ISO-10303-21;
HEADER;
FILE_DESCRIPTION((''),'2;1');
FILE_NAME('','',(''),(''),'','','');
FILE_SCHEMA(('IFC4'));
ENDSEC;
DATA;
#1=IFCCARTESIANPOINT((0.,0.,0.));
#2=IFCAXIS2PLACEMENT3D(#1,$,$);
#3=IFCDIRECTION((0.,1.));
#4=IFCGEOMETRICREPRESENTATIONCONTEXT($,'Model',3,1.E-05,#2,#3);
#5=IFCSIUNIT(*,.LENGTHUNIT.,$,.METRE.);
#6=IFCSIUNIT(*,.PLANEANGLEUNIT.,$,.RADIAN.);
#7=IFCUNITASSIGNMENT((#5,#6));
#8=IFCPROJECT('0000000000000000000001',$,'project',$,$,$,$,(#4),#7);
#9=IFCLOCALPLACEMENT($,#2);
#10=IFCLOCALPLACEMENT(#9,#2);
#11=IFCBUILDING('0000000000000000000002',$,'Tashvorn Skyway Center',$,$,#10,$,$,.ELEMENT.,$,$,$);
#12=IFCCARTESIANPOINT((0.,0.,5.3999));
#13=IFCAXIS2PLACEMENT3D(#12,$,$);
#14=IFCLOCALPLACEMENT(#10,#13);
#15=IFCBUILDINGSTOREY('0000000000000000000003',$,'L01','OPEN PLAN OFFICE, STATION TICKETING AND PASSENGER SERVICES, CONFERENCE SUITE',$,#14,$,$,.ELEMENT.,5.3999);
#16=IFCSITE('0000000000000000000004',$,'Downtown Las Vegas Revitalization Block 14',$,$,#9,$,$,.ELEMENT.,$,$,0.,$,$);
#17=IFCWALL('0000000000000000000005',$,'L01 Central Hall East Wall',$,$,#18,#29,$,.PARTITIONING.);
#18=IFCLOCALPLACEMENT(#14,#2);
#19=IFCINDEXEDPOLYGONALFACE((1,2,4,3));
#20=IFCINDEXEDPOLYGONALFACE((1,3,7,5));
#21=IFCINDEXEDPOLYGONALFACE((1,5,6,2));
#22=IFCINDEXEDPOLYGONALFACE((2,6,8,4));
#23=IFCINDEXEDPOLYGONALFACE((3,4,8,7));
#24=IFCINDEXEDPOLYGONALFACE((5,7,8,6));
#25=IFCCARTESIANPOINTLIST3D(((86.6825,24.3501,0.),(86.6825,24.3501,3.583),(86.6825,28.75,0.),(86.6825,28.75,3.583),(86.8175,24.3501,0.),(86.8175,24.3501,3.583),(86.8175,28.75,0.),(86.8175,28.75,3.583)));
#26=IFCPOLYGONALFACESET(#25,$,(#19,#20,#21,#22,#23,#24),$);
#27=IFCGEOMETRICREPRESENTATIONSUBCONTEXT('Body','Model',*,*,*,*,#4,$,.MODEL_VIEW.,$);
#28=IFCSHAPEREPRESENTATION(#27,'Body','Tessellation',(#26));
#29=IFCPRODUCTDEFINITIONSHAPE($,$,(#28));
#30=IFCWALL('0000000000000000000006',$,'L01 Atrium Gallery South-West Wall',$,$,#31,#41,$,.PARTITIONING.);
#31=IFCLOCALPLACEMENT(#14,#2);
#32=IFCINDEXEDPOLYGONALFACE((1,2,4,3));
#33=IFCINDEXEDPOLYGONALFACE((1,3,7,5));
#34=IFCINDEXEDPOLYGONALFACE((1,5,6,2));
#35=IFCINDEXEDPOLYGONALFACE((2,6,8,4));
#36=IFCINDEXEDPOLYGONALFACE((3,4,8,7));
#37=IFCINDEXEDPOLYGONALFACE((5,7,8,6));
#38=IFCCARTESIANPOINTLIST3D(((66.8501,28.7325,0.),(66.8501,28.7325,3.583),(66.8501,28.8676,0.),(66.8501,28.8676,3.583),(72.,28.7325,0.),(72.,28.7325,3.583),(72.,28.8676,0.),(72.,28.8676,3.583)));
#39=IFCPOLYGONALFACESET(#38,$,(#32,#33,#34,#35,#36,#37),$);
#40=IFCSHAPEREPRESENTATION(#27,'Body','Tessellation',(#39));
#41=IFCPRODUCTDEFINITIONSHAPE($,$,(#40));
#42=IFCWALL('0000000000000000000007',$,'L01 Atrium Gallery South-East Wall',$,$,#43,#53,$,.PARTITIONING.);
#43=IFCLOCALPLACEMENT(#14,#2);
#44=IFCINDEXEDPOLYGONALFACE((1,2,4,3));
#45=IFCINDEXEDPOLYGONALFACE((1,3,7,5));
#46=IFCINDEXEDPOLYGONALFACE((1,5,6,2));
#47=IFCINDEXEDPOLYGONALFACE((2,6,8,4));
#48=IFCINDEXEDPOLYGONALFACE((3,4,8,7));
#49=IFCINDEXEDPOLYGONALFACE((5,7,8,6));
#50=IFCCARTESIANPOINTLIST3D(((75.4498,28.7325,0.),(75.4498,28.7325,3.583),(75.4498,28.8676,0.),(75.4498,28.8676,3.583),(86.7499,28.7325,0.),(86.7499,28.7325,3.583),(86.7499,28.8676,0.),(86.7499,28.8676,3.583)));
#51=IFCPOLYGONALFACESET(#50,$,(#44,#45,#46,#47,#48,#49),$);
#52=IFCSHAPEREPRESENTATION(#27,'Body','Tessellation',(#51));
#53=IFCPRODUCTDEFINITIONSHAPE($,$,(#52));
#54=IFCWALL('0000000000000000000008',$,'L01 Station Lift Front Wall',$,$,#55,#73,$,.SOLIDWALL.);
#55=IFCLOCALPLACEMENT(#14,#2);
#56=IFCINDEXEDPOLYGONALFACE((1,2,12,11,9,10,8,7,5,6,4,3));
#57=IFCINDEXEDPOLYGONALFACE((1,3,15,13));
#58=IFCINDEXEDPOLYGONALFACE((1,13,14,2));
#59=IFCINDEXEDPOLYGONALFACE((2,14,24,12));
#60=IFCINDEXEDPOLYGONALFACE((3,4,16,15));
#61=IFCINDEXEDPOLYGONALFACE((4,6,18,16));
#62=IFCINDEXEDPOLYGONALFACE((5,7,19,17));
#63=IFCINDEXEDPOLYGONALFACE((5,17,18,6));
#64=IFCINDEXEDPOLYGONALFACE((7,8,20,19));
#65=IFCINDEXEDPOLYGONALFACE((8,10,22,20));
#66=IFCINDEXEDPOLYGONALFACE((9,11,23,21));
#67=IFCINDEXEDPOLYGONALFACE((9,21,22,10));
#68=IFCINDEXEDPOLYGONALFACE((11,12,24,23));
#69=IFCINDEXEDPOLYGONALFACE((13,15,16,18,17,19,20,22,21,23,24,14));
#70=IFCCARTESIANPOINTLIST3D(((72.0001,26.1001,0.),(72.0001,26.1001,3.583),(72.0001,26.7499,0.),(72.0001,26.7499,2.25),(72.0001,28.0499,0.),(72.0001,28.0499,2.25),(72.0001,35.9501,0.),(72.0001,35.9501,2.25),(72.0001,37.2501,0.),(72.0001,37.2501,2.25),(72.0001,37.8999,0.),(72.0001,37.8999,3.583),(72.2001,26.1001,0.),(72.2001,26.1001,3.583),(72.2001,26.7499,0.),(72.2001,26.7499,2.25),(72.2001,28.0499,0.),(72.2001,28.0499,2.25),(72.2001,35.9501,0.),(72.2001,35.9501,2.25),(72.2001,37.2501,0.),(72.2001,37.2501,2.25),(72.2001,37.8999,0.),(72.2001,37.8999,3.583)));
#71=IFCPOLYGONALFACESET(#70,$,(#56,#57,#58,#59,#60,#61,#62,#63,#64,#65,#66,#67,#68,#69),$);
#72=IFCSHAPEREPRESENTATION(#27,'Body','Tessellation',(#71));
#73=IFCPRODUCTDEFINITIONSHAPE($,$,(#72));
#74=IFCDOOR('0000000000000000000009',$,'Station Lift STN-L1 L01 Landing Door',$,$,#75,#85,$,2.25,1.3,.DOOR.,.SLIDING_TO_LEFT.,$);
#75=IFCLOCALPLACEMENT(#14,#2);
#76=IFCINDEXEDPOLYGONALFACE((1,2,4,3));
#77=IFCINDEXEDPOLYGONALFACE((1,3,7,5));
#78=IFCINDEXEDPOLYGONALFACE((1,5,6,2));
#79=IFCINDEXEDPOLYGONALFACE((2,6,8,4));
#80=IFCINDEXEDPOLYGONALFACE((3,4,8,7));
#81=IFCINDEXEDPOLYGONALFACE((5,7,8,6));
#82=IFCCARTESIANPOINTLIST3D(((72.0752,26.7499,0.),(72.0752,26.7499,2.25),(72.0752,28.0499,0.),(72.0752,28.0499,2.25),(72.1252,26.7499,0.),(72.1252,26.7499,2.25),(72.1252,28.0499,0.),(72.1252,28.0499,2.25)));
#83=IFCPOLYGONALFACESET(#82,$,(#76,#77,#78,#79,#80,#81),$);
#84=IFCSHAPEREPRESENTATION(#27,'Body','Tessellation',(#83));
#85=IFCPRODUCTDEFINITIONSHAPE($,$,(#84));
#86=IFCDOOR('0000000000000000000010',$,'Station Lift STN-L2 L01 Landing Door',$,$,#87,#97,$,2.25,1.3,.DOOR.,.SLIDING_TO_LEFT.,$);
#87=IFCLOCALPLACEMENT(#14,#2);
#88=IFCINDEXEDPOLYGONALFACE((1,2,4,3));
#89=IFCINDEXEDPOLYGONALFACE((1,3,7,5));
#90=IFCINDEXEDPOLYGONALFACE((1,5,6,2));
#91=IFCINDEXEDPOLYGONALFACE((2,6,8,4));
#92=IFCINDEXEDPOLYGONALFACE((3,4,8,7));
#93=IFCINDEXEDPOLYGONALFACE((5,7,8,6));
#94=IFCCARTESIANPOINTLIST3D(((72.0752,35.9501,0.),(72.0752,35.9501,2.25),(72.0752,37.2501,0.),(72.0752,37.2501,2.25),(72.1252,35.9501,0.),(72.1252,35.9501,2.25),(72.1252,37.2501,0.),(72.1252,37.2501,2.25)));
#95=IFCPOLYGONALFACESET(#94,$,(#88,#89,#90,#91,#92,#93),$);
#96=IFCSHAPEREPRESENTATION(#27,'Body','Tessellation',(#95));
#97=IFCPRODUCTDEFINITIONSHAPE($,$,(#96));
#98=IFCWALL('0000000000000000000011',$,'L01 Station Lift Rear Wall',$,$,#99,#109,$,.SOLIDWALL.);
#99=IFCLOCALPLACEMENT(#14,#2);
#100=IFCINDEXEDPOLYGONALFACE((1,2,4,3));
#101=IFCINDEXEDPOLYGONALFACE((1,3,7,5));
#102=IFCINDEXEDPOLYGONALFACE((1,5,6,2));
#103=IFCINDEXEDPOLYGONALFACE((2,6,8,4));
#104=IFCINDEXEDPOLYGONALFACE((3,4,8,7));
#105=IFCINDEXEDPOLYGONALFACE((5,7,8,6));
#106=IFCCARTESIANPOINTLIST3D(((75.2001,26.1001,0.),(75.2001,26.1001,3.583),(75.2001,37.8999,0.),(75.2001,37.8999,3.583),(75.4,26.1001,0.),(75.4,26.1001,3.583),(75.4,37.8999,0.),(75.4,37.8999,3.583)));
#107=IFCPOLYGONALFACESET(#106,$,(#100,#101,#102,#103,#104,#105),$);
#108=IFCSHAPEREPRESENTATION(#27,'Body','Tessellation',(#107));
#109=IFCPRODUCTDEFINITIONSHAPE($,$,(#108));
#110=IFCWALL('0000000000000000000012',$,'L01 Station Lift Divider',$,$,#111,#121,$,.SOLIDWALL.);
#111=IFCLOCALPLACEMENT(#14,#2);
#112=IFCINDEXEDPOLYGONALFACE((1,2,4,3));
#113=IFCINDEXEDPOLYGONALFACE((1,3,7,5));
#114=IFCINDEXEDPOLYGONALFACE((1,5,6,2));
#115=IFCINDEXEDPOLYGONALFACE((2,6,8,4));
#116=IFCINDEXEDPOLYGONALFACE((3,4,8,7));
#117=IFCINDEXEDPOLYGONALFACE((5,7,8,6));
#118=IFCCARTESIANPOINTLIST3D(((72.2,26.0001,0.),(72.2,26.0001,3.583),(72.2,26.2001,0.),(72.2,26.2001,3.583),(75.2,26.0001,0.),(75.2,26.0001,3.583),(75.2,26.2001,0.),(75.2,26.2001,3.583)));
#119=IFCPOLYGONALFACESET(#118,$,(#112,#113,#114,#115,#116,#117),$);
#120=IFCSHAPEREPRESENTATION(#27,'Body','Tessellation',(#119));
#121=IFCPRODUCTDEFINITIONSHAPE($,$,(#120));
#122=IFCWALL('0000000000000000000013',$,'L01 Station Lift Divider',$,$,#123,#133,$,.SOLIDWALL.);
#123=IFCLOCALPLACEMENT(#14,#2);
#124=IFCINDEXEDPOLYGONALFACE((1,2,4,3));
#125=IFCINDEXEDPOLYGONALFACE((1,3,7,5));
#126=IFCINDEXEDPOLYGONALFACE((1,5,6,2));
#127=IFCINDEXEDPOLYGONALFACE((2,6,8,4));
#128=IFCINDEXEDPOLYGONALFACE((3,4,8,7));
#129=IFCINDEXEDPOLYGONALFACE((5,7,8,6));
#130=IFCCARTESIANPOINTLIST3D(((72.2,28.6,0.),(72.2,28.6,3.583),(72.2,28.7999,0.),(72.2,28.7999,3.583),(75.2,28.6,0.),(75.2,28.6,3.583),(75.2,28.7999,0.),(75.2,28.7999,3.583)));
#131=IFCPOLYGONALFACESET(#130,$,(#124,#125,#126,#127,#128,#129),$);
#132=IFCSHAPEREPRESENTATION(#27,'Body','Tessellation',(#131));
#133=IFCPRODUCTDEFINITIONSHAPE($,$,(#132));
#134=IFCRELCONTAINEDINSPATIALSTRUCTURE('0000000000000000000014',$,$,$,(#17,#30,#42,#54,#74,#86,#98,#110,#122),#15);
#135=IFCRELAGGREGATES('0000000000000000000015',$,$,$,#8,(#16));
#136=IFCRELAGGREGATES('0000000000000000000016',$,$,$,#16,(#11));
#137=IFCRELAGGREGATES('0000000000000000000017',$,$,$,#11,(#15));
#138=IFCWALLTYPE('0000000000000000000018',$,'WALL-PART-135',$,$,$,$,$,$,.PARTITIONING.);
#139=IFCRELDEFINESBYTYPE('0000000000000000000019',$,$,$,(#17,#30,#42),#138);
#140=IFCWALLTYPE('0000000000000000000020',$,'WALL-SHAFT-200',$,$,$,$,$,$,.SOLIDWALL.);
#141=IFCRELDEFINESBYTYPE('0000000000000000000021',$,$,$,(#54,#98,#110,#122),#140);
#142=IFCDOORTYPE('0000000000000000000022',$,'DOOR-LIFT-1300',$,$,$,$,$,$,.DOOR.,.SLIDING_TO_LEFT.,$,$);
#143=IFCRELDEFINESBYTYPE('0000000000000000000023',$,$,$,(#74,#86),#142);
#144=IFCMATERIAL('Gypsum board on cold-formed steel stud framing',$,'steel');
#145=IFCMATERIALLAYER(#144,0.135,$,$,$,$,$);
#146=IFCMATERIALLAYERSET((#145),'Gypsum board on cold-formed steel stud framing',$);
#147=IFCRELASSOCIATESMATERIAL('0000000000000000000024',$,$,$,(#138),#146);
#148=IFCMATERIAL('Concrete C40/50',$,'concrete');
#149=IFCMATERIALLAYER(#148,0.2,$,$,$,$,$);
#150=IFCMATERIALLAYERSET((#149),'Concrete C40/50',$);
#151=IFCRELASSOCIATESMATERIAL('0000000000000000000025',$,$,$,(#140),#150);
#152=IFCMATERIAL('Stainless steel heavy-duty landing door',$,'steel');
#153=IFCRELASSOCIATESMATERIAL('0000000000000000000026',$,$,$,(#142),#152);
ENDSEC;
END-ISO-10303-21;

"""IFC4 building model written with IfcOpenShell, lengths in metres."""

from ifc_helpers import new_model, si_unit, direction, frame, frame_2d, origin, place, context, subcontext, project, spatial, rectangle, extrude, material, layer, layer_set, type_object, element, fill, save


model = new_model("IFC4")

# Units and contexts
model_context = context("Model", 3, precision=1e-05, world=origin(), true_north=direction((0.0, 1.0)))
body_context = subcontext(model_context, "Body", "Model", "MODEL_VIEW")
ifc_project = project(units=[si_unit("LENGTHUNIT", "METRE"), si_unit("PLANEANGLEUNIT", "RADIAN")], contexts=[model_context])

# Site, building, storey
site_placement = place(None, origin())
site = spatial("IfcSite", under=ifc_project, at=site_placement, Name="Downtown Las Vegas Revitalization Block 14", CompositionType="ELEMENT", RefElevation=0.0)
building_placement = place(site_placement, origin())
building = spatial("IfcBuilding", under=site, at=building_placement, Name="Tashvorn Skyway Center", CompositionType="ELEMENT")
storey_placement = place(building_placement, frame((0.0, 0.0, 5.3999)))
storey = spatial("IfcBuildingStorey", under=building, at=storey_placement, Name="L01", Description="OPEN PLAN OFFICE, STATION TICKETING AND PASSENGER SERVICES, CONFERENCE SUITE", CompositionType="ELEMENT", Elevation=5.3999)

# Shared definitions
ifc_material_1 = material(Name="Gypsum board on cold-formed steel stud framing", Category="steel")
ifc_layer_1 = layer(ifc_material_1, 0.135)
ifc_layer_set_1 = layer_set([ifc_layer_1], Name="Gypsum board on cold-formed steel stud framing")
wall_type_1 = type_object("IfcWallType", Name="WALL-PART-135", PredefinedType="PARTITIONING", material=ifc_layer_set_1)

# Walls
for number, where, z_axis, x_axis, name in (
    (1, (86.75, 24.3501, 0.0), (0.0, 0.0, 1.0), (0.0, 1.0, 0.0), "L01 Central Hall East Wall"),
):
    element("IfcWall", number, at=place(storey_placement, frame(where, z_axis=z_axis, x_axis=x_axis)), inside=storey, type_object=wall_type_1, Name=name, PredefinedType="PARTITIONING", context=body_context, shape_type="SweptSolid", body=[
        extrude(rectangle(XDim=4.3999, YDim=0.135, at=frame_2d((2.2, 0.0))), origin(), (0.0, 0.0, 1.0), 3.583),
    ])
wall_1_placement = place(storey_placement, frame((66.8501, 28.8, 0.0), z_axis=(0.0, 0.0, 1.0), x_axis=(1.0, 0.0, 0.0)))
element("IfcWall", 2, at=wall_1_placement, inside=storey, type_object=wall_type_1, Name="L01 Atrium Gallery South-West Wall", PredefinedType="PARTITIONING", context=body_context, shape_type="SweptSolid", body=[
    extrude(rectangle(XDim=5.1499, YDim=0.135, at=frame_2d((2.575, 0.0))), origin(), (0.0, 0.0, 1.0), 3.583),
])
wall_2_placement = place(storey_placement, frame((75.45, 28.8, 0.0), z_axis=(0.0, 0.0, 1.0), x_axis=(1.0, 0.0, 0.0)))
element("IfcWall", 3, at=wall_2_placement, inside=storey, type_object=wall_type_1, Name="L01 Atrium Gallery South-East Wall", PredefinedType="PARTITIONING", context=body_context, shape_type="SweptSolid", body=[
    extrude(rectangle(XDim=11.3, YDim=0.135, at=frame_2d((5.6499, 0.0))), origin(), (0.0, 0.0, 1.0), 3.583),
])

# Wall, openings, doors
ifc_material_2 = material(Name="Concrete C40/50", Category="concrete")
ifc_layer_2 = layer(ifc_material_2, 0.2)
ifc_layer_set_2 = layer_set([ifc_layer_2], Name="Concrete C40/50")
wall_type_2 = type_object("IfcWallType", Name="WALL-SHAFT-200", PredefinedType="SOLIDWALL", material=ifc_layer_set_2)
wall_3_placement = place(storey_placement, frame((72.1001, 26.1001, 0.0), z_axis=(0.0, 0.0, 1.0), x_axis=(0.0, 1.0, 0.0)))
wall_3 = element("IfcWall", 4, at=wall_3_placement, inside=storey, type_object=wall_type_2, Name="L01 Station Lift Front Wall", PredefinedType="SOLIDWALL", context=body_context, shape_type="SweptSolid", body=[
    extrude(rectangle(XDim=11.7998, YDim=0.2, at=frame_2d((5.8999, 0.0))), origin(), (0.0, 0.0, 1.0), 3.583),
])
opening_1_placement = place(wall_3_placement, frame((0.6499, 0.0, 0.0)))
opening_1 = element("IfcOpeningElement", 5, at=opening_1_placement, cuts=wall_3, PredefinedType="OPENING", context=body_context, shape_type="SweptSolid", body=[
    extrude(rectangle(XDim=1.3, YDim=2.25, at=frame_2d((0.6499, 1.125))), frame((0.0, 0.1099, 0.0), z_axis=(0.0, -1.0, 0.0), x_axis=(1.0, 0.0, 0.0)), (0.0, 0.0, 1.0), 0.22),
])
opening_2_placement = place(wall_3_placement, frame((9.8501, 0.0, 0.0)))
opening_2 = element("IfcOpeningElement", 6, at=opening_2_placement, cuts=wall_3, PredefinedType="OPENING", context=body_context, shape_type="SweptSolid", body=[
    extrude(rectangle(XDim=1.3, YDim=2.25, at=frame_2d((0.6499, 1.125))), frame((0.0, 0.1099, 0.0), z_axis=(0.0, -1.0, 0.0), x_axis=(1.0, 0.0, 0.0)), (0.0, 0.0, 1.0), 0.22),
])
ifc_material_3 = material(Name="Stainless steel heavy-duty landing door", Category="steel")
door_type_1 = type_object("IfcDoorType", Name="DOOR-LIFT-1300", OperationType="SLIDING_TO_LEFT", PredefinedType="DOOR", material=ifc_material_3)
door_1_placement = place(opening_1_placement, origin())
door_1 = element("IfcDoor", 7, at=door_1_placement, inside=storey, type_object=door_type_1, Name="Station Lift STN-L1 L01 Landing Door", OperationType="SLIDING_TO_LEFT", OverallHeight=2.25, OverallWidth=1.3, PredefinedType="DOOR", context=body_context, shape_type="SweptSolid", body=[
    extrude(rectangle(XDim=1.3, YDim=2.25, at=frame_2d((0.6499, 1.125))), frame((0.0, 0.0249, 0.0), z_axis=(0.0, -1.0, 0.0), x_axis=(1.0, 0.0, 0.0)), (0.0, 0.0, 1.0), 0.05),
])
fill(opening_1, door_1)
door_2_placement = place(opening_2_placement, origin())
door_2 = element("IfcDoor", 8, at=door_2_placement, inside=storey, type_object=door_type_1, Name="Station Lift STN-L2 L01 Landing Door", OperationType="SLIDING_TO_LEFT", OverallHeight=2.25, OverallWidth=1.3, PredefinedType="DOOR", context=body_context, shape_type="SweptSolid", body=[
    extrude(rectangle(XDim=1.3, YDim=2.25, at=frame_2d((0.6499, 1.125))), frame((0.0, 0.0249, 0.0), z_axis=(0.0, -1.0, 0.0), x_axis=(1.0, 0.0, 0.0)), (0.0, 0.0, 1.0), 0.05),
])
fill(opening_2, door_2)

# Walls
wall_4_placement = place(storey_placement, frame((75.3, 26.1001, 0.0), z_axis=(0.0, 0.0, 1.0), x_axis=(0.0, 1.0, 0.0)))
element("IfcWall", 9, at=wall_4_placement, inside=storey, type_object=wall_type_2, Name="L01 Station Lift Rear Wall", PredefinedType="SOLIDWALL", context=body_context, shape_type="SweptSolid", body=[
    extrude(rectangle(XDim=11.7998, YDim=0.2, at=frame_2d((5.8999, 0.0))), origin(), (0.0, 0.0, 1.0), 3.583),
])
for number, where, z_axis, x_axis, name in (
    (10, (72.2, 26.1001, 0.0), (0.0, 0.0, 1.0), (1.0, 0.0, 0.0), "L01 Station Lift Divider"),
    (11, (72.2, 28.7, 0.0), (0.0, 0.0, 1.0), (1.0, 0.0, 0.0), "L01 Station Lift Divider"),
):
    element("IfcWall", number, at=place(storey_placement, frame(where, z_axis=z_axis, x_axis=x_axis)), inside=storey, type_object=wall_type_2, Name=name, PredefinedType="SOLIDWALL", context=body_context, shape_type="SweptSolid", body=[
        extrude(rectangle(XDim=3.0, YDim=0.2, at=frame_2d((1.5, 0.0))), origin(), (0.0, 0.0, 1.0), 3.583),
    ])

save(model, "model.ifc")
